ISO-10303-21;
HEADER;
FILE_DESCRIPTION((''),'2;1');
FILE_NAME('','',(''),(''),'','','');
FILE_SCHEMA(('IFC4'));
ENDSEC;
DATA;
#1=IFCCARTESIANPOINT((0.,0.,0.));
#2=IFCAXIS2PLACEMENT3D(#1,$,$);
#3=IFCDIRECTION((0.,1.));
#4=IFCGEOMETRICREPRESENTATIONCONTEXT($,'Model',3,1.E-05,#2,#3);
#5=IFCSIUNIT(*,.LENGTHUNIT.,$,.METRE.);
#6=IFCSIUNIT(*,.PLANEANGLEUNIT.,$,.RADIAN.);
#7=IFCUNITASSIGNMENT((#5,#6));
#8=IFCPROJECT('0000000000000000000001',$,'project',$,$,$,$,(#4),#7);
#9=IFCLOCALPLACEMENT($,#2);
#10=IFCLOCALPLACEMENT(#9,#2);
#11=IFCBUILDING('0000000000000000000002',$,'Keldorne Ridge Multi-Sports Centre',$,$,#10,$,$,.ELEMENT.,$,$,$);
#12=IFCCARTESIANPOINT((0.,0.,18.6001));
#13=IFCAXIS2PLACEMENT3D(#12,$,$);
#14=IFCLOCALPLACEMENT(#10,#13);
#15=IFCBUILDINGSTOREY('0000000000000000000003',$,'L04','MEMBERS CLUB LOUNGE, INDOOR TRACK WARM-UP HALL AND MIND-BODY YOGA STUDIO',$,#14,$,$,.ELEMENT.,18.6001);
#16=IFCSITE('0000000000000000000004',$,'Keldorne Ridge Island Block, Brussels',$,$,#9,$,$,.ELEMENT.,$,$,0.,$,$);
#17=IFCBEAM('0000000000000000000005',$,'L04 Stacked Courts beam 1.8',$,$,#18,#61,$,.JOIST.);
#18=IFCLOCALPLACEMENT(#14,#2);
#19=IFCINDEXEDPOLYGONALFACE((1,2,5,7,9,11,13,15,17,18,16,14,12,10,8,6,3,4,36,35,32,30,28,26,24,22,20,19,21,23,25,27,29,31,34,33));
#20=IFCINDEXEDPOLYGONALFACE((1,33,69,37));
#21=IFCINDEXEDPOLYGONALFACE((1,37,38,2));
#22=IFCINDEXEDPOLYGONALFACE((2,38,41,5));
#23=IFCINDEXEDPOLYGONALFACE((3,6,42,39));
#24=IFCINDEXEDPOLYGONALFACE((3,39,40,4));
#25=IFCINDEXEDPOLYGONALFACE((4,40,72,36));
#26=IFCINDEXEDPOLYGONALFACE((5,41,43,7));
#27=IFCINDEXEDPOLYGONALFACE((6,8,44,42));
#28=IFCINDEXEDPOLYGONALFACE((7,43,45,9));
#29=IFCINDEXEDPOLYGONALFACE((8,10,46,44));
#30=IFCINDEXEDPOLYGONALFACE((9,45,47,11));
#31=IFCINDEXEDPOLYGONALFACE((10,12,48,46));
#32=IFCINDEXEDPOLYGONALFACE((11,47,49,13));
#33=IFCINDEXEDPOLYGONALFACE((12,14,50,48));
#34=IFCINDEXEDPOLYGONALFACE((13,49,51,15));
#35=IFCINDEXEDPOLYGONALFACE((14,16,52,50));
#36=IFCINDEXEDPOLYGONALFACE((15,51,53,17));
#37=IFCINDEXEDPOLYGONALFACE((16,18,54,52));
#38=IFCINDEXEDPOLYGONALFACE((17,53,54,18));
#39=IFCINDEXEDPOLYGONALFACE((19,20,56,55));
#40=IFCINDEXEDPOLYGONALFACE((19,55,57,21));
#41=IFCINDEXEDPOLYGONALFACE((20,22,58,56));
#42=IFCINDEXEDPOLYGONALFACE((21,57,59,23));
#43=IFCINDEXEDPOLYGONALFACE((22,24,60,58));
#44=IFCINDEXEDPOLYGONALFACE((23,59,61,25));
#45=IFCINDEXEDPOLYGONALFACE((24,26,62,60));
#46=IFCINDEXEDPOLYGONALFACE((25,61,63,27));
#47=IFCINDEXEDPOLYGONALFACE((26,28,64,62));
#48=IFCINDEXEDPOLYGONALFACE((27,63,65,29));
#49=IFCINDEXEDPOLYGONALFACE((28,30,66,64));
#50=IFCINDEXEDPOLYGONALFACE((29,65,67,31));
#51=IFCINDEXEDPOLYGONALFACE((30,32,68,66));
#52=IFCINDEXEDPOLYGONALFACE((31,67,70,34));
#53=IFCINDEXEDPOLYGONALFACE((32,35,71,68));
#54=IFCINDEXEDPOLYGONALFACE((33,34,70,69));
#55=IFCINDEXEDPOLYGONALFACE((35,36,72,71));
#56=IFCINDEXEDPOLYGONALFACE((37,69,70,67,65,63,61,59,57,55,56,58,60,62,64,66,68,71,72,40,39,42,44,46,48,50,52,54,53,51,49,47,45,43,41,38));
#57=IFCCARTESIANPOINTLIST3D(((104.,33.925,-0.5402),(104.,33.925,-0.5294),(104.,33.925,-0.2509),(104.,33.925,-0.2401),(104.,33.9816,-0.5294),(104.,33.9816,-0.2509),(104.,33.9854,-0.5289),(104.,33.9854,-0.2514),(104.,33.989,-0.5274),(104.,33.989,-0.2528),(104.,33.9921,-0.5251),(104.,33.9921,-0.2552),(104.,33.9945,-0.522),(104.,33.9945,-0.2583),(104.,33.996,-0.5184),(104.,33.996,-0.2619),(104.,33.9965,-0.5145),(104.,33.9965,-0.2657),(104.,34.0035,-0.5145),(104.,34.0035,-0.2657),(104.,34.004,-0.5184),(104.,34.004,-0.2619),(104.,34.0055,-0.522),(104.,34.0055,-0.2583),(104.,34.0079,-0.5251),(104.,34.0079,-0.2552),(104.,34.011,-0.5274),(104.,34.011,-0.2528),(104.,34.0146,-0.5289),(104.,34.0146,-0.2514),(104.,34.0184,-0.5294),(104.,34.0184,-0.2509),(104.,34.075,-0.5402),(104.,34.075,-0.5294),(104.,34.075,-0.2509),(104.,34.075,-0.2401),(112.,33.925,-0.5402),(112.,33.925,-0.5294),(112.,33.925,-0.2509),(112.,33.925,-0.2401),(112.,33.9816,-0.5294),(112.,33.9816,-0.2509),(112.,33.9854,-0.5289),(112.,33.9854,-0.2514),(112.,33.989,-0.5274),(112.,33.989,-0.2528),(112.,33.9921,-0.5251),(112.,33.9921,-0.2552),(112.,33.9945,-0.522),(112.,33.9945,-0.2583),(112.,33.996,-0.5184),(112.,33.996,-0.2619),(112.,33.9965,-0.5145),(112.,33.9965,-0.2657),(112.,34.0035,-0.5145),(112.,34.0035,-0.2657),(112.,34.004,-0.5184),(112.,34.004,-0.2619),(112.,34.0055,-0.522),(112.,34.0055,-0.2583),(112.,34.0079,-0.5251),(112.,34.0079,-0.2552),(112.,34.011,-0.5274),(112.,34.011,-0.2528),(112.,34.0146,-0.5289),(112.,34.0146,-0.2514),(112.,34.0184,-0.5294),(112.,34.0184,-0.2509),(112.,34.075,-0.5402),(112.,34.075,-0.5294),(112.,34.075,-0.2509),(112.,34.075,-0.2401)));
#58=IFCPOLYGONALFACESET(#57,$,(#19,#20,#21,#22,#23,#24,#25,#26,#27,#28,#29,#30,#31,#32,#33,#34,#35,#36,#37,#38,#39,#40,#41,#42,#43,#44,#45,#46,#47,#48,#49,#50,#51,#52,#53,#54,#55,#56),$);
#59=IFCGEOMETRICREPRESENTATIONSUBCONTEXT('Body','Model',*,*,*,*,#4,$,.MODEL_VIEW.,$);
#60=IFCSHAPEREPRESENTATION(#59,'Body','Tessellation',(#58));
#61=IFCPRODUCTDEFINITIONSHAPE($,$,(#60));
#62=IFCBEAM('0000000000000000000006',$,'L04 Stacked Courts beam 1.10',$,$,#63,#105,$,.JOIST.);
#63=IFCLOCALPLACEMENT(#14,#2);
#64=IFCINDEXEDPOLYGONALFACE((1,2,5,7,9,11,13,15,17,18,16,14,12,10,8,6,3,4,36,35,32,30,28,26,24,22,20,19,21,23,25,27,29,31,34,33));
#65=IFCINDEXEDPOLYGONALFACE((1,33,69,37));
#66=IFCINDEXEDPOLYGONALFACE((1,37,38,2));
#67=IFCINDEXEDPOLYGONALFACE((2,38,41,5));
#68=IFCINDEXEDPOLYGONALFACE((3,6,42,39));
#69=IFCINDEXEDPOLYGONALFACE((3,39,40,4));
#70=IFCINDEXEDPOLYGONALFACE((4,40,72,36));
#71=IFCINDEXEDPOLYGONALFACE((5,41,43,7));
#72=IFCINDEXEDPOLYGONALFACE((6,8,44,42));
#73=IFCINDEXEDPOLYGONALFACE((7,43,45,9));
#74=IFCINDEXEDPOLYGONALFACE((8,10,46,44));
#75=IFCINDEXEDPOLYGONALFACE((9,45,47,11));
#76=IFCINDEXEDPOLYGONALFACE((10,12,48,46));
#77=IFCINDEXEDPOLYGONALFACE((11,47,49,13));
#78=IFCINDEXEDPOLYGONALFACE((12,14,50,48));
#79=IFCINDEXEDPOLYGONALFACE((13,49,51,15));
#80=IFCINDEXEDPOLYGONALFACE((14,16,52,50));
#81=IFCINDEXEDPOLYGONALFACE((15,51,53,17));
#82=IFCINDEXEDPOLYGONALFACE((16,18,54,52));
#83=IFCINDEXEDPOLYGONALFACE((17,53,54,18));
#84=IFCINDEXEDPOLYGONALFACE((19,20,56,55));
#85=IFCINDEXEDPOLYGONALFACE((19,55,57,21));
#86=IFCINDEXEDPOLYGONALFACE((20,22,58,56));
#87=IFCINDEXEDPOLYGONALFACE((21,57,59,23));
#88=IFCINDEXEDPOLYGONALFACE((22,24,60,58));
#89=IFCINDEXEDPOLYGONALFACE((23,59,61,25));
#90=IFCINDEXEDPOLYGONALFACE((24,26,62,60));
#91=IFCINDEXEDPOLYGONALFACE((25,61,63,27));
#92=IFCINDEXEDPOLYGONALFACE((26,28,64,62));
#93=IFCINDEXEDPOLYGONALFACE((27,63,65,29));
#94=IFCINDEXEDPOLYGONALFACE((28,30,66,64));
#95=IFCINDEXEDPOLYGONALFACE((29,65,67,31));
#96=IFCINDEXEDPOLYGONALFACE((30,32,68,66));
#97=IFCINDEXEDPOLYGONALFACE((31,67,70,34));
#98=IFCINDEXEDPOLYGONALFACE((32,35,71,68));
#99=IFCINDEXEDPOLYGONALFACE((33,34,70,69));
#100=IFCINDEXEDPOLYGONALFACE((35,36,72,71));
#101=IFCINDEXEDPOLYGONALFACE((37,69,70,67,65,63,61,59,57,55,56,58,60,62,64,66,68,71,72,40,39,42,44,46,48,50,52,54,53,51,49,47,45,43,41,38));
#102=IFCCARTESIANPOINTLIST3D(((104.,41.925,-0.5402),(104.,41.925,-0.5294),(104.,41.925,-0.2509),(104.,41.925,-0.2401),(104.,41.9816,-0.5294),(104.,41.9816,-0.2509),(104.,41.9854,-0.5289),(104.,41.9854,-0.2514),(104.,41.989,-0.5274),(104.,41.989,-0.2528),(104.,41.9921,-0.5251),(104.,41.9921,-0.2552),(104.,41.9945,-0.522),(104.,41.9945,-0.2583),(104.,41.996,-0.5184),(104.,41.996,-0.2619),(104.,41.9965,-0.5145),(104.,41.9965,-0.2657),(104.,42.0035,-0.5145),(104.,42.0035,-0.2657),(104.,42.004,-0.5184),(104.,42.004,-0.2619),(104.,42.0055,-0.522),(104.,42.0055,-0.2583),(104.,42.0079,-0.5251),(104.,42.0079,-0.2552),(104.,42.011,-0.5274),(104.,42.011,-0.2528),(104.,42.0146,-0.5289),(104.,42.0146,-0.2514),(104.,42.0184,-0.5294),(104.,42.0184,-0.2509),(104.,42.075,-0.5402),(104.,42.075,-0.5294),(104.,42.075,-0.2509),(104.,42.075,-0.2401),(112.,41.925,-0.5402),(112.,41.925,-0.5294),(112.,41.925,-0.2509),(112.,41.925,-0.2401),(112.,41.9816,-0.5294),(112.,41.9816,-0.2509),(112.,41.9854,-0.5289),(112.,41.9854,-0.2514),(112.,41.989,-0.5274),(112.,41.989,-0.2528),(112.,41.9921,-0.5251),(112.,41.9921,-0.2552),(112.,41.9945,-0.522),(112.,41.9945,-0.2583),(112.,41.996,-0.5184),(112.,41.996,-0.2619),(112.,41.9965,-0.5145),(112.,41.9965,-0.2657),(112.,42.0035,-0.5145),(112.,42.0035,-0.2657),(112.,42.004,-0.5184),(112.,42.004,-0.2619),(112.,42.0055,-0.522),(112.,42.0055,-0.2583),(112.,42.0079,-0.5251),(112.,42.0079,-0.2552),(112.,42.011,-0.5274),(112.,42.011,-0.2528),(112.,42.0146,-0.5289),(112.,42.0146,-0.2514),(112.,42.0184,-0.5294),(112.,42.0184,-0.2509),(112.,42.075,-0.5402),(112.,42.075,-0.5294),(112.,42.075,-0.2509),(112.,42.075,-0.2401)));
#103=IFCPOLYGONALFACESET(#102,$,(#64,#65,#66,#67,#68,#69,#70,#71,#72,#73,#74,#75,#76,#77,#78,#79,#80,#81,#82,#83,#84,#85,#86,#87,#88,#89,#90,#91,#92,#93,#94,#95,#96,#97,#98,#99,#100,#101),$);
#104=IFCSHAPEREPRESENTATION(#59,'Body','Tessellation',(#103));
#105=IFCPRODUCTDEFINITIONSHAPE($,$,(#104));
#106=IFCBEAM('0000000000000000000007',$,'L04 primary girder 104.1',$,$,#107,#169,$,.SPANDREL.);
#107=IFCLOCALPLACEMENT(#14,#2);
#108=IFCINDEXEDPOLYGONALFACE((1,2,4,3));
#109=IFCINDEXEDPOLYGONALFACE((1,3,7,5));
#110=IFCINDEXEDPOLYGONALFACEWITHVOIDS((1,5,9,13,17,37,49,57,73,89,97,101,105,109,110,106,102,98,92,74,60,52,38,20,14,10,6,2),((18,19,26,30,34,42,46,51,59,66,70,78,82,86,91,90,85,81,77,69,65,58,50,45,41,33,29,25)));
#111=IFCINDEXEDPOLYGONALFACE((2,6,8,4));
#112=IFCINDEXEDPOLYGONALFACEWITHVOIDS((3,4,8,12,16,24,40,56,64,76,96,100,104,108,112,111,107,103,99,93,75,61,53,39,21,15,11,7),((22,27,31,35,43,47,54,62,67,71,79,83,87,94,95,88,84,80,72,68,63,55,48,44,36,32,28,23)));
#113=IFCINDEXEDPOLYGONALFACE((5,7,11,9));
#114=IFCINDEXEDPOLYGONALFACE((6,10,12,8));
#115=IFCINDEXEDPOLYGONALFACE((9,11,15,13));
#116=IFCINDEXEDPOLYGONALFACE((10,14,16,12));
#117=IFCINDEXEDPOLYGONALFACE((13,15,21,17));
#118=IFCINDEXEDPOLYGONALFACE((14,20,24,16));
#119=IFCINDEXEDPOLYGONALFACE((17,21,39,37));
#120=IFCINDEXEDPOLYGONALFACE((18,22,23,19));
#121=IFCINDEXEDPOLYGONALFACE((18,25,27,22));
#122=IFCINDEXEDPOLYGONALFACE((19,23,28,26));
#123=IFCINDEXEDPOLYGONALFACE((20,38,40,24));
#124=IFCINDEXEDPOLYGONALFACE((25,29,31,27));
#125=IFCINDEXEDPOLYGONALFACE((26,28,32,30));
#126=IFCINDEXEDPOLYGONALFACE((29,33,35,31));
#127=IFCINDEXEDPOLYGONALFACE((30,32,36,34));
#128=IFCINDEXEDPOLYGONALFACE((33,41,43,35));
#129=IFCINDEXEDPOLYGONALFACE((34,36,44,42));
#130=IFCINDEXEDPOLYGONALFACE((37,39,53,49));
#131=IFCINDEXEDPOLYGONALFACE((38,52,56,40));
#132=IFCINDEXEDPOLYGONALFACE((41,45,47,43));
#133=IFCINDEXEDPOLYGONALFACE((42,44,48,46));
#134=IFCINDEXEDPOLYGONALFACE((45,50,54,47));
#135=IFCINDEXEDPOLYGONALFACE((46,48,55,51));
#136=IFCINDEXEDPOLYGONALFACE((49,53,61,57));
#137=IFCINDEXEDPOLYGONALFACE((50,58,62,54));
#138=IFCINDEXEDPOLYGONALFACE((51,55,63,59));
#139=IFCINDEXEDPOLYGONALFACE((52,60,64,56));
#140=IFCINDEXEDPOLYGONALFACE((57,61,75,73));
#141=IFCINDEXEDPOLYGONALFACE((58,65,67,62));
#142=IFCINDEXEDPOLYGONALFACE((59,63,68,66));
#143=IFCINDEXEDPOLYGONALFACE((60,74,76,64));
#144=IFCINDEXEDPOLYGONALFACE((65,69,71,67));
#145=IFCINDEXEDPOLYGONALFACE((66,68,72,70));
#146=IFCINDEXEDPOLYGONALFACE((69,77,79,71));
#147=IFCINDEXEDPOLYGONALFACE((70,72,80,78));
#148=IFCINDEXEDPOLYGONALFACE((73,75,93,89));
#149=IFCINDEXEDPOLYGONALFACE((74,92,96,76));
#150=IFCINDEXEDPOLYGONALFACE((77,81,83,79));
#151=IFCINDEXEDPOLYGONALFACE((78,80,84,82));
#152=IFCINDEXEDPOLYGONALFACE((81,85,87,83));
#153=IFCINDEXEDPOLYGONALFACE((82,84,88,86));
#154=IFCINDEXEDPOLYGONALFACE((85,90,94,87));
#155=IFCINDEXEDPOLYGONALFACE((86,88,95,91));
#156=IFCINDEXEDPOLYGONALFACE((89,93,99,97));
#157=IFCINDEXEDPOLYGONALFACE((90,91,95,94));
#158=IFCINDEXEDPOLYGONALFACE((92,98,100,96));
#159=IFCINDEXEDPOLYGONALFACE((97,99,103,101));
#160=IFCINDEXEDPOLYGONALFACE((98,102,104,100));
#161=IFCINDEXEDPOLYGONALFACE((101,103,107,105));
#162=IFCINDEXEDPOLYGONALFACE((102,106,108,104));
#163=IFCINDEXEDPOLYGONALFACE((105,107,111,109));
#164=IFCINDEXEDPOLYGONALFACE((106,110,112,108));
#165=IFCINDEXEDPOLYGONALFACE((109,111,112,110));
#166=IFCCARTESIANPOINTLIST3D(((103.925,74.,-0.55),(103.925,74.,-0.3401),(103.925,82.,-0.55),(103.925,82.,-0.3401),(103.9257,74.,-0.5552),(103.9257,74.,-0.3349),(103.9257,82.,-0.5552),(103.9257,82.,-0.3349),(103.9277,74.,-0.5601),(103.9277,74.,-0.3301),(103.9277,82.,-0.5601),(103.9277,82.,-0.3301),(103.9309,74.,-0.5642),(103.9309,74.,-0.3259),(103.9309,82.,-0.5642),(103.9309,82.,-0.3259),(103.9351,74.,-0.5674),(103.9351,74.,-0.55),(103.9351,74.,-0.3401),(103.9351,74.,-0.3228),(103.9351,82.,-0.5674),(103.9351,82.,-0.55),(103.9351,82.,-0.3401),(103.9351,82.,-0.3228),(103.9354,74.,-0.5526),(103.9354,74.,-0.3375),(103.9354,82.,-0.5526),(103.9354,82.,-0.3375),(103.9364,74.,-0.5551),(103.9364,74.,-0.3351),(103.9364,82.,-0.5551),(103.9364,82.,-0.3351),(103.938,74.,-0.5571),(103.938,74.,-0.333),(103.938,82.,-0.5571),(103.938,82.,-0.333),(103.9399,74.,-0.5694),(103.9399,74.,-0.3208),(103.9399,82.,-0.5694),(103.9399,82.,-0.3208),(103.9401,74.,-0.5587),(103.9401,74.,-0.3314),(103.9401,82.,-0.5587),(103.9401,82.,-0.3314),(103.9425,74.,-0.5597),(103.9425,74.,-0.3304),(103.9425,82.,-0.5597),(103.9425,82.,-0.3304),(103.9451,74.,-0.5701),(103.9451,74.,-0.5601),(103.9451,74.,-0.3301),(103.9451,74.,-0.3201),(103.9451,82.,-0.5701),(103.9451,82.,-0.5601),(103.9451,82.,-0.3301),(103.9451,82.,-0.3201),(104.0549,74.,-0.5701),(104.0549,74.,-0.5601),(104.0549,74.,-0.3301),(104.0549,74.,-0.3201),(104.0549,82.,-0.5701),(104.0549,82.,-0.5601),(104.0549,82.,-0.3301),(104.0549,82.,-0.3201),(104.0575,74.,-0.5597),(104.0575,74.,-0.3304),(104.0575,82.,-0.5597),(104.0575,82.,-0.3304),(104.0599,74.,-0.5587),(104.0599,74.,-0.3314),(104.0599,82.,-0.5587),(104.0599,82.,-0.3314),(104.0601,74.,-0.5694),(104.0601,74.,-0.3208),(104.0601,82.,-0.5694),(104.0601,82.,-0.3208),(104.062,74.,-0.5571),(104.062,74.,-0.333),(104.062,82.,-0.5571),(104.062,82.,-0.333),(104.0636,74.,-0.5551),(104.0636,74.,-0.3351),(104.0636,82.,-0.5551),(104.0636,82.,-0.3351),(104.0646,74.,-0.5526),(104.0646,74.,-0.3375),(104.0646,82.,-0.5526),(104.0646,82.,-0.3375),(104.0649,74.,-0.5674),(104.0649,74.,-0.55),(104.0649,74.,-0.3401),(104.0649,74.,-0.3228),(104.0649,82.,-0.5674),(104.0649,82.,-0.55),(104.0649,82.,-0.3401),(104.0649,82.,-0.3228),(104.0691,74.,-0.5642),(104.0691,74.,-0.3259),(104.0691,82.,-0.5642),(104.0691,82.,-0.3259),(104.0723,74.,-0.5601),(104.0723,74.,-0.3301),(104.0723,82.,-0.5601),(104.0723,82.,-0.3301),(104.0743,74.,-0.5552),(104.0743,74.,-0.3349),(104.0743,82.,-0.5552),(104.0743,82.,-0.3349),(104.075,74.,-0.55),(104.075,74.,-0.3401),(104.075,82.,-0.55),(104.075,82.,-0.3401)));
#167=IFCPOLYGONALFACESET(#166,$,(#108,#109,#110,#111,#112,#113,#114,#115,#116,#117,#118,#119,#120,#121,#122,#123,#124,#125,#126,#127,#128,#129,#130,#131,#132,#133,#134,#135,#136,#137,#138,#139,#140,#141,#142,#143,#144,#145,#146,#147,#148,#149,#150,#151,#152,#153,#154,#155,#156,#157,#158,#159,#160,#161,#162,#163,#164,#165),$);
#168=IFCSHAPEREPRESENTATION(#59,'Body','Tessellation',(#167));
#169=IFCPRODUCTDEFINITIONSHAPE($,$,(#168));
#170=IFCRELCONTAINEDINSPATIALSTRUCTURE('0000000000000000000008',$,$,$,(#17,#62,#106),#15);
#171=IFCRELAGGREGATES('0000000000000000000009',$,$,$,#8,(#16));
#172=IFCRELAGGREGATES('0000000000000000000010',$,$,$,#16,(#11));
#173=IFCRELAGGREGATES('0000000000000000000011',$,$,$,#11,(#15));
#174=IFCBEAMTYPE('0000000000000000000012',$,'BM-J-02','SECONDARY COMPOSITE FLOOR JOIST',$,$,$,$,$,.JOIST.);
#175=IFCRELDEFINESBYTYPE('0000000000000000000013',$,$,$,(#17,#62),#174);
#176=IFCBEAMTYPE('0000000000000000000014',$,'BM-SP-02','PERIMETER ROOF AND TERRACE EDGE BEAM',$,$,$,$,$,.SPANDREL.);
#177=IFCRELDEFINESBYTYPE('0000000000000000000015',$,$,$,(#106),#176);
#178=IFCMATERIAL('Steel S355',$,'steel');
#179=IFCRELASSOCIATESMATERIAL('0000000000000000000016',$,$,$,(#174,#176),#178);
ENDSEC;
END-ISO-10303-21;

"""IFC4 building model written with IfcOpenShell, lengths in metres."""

from ifc_helpers import new_model, si_unit, direction, frame, origin, origin_2d, place, context, subcontext, project, spatial, hollow_rectangle, i_section, extrude, material, material_profile, profile_set, type_object, element, save


model = new_model("IFC4")

# Units and contexts
model_context = context("Model", 3, precision=1e-05, world=origin(), true_north=direction((0.0, 1.0)))
body_context = subcontext(model_context, "Body", "Model", "MODEL_VIEW")
ifc_project = project(units=[si_unit("LENGTHUNIT", "METRE"), si_unit("PLANEANGLEUNIT", "RADIAN")], contexts=[model_context])

# Site, building, storey
site_placement = place(None, origin())
site = spatial("IfcSite", under=ifc_project, at=site_placement, Name="Keldorne Ridge Island Block, Brussels", CompositionType="ELEMENT", RefElevation=0.0)
building_placement = place(site_placement, origin())
building = spatial("IfcBuilding", under=site, at=building_placement, Name="Keldorne Ridge Multi-Sports Centre", CompositionType="ELEMENT")
storey_placement = place(building_placement, frame((0.0, 0.0, 18.6001)))
storey = spatial("IfcBuildingStorey", under=building, at=storey_placement, Name="L04", Description="MEMBERS CLUB LOUNGE, INDOOR TRACK WARM-UP HALL AND MIND-BODY YOGA STUDIO", CompositionType="ELEMENT", Elevation=18.6001)

# Shared definitions
ifc_material_1 = material(Name="Steel S355", Category="steel")

# Beams
ifc_material_profile_1 = material_profile(ifc_material_1, i_section(OverallWidth=0.1499, OverallDepth=0.3, WebThickness=0.0071, FlangeThickness=0.0107, FilletRadius=0.0149, at=origin_2d()), Name="IPE 300")
ifc_profile_set_1 = profile_set([ifc_material_profile_1], Name="Steel S355")
beam_type_1 = type_object("IfcBeamType", Name="BM-J-02", Description="SECONDARY COMPOSITE FLOOR JOIST", PredefinedType="JOIST", material=ifc_profile_set_1)
for number, where, z_axis, x_axis, name in (
    (1, (104.0, 34.0, -0.3901), (1.0, 0.0, 0.0), (0.0, 1.0, 0.0), "L04 Stacked Courts beam 1.8"),
    (2, (104.0, 42.0, -0.3901), (1.0, 0.0, 0.0), (0.0, 1.0, 0.0), "L04 Stacked Courts beam 1.10"),
):
    element("IfcBeam", number, at=place(storey_placement, frame(where, z_axis=z_axis, x_axis=x_axis)), inside=storey, type_object=beam_type_1, Name=name, PredefinedType="JOIST", context=body_context, shape_type="SweptSolid", body=[
        extrude(i_section(OverallWidth=0.1499, OverallDepth=0.3, WebThickness=0.0071, FlangeThickness=0.0107, FilletRadius=0.0149, at=origin_2d()), origin(), (0.0, 0.0, 1.0), 8.0),
    ])
ifc_material_profile_2 = material_profile(ifc_material_1, hollow_rectangle(XDim=0.1499, YDim=0.25, WallThickness=0.01, InnerFilletRadius=0.01, OuterFilletRadius=0.02, at=origin_2d()), Name="RHS 250x150x10")
ifc_profile_set_2 = profile_set([ifc_material_profile_2], Name="Steel S355")
beam_type_2 = type_object("IfcBeamType", Name="BM-SP-02", Description="PERIMETER ROOF AND TERRACE EDGE BEAM", PredefinedType="SPANDREL", material=ifc_profile_set_2)
beam_placement = place(storey_placement, frame((104.0, 74.0, -0.4451), z_axis=(0.0, 1.0, 0.0), x_axis=(-1.0, 0.0, 0.0)))
element("IfcBeam", 3, at=beam_placement, inside=storey, type_object=beam_type_2, Name="L04 primary girder 104.1", PredefinedType="SPANDREL", context=body_context, shape_type="SweptSolid", body=[
    extrude(hollow_rectangle(XDim=0.1499, YDim=0.25, WallThickness=0.01, InnerFilletRadius=0.01, OuterFilletRadius=0.02, at=origin_2d()), origin(), (0.0, 0.0, 1.0), 8.0),
])

save(model, "model.ifc")
